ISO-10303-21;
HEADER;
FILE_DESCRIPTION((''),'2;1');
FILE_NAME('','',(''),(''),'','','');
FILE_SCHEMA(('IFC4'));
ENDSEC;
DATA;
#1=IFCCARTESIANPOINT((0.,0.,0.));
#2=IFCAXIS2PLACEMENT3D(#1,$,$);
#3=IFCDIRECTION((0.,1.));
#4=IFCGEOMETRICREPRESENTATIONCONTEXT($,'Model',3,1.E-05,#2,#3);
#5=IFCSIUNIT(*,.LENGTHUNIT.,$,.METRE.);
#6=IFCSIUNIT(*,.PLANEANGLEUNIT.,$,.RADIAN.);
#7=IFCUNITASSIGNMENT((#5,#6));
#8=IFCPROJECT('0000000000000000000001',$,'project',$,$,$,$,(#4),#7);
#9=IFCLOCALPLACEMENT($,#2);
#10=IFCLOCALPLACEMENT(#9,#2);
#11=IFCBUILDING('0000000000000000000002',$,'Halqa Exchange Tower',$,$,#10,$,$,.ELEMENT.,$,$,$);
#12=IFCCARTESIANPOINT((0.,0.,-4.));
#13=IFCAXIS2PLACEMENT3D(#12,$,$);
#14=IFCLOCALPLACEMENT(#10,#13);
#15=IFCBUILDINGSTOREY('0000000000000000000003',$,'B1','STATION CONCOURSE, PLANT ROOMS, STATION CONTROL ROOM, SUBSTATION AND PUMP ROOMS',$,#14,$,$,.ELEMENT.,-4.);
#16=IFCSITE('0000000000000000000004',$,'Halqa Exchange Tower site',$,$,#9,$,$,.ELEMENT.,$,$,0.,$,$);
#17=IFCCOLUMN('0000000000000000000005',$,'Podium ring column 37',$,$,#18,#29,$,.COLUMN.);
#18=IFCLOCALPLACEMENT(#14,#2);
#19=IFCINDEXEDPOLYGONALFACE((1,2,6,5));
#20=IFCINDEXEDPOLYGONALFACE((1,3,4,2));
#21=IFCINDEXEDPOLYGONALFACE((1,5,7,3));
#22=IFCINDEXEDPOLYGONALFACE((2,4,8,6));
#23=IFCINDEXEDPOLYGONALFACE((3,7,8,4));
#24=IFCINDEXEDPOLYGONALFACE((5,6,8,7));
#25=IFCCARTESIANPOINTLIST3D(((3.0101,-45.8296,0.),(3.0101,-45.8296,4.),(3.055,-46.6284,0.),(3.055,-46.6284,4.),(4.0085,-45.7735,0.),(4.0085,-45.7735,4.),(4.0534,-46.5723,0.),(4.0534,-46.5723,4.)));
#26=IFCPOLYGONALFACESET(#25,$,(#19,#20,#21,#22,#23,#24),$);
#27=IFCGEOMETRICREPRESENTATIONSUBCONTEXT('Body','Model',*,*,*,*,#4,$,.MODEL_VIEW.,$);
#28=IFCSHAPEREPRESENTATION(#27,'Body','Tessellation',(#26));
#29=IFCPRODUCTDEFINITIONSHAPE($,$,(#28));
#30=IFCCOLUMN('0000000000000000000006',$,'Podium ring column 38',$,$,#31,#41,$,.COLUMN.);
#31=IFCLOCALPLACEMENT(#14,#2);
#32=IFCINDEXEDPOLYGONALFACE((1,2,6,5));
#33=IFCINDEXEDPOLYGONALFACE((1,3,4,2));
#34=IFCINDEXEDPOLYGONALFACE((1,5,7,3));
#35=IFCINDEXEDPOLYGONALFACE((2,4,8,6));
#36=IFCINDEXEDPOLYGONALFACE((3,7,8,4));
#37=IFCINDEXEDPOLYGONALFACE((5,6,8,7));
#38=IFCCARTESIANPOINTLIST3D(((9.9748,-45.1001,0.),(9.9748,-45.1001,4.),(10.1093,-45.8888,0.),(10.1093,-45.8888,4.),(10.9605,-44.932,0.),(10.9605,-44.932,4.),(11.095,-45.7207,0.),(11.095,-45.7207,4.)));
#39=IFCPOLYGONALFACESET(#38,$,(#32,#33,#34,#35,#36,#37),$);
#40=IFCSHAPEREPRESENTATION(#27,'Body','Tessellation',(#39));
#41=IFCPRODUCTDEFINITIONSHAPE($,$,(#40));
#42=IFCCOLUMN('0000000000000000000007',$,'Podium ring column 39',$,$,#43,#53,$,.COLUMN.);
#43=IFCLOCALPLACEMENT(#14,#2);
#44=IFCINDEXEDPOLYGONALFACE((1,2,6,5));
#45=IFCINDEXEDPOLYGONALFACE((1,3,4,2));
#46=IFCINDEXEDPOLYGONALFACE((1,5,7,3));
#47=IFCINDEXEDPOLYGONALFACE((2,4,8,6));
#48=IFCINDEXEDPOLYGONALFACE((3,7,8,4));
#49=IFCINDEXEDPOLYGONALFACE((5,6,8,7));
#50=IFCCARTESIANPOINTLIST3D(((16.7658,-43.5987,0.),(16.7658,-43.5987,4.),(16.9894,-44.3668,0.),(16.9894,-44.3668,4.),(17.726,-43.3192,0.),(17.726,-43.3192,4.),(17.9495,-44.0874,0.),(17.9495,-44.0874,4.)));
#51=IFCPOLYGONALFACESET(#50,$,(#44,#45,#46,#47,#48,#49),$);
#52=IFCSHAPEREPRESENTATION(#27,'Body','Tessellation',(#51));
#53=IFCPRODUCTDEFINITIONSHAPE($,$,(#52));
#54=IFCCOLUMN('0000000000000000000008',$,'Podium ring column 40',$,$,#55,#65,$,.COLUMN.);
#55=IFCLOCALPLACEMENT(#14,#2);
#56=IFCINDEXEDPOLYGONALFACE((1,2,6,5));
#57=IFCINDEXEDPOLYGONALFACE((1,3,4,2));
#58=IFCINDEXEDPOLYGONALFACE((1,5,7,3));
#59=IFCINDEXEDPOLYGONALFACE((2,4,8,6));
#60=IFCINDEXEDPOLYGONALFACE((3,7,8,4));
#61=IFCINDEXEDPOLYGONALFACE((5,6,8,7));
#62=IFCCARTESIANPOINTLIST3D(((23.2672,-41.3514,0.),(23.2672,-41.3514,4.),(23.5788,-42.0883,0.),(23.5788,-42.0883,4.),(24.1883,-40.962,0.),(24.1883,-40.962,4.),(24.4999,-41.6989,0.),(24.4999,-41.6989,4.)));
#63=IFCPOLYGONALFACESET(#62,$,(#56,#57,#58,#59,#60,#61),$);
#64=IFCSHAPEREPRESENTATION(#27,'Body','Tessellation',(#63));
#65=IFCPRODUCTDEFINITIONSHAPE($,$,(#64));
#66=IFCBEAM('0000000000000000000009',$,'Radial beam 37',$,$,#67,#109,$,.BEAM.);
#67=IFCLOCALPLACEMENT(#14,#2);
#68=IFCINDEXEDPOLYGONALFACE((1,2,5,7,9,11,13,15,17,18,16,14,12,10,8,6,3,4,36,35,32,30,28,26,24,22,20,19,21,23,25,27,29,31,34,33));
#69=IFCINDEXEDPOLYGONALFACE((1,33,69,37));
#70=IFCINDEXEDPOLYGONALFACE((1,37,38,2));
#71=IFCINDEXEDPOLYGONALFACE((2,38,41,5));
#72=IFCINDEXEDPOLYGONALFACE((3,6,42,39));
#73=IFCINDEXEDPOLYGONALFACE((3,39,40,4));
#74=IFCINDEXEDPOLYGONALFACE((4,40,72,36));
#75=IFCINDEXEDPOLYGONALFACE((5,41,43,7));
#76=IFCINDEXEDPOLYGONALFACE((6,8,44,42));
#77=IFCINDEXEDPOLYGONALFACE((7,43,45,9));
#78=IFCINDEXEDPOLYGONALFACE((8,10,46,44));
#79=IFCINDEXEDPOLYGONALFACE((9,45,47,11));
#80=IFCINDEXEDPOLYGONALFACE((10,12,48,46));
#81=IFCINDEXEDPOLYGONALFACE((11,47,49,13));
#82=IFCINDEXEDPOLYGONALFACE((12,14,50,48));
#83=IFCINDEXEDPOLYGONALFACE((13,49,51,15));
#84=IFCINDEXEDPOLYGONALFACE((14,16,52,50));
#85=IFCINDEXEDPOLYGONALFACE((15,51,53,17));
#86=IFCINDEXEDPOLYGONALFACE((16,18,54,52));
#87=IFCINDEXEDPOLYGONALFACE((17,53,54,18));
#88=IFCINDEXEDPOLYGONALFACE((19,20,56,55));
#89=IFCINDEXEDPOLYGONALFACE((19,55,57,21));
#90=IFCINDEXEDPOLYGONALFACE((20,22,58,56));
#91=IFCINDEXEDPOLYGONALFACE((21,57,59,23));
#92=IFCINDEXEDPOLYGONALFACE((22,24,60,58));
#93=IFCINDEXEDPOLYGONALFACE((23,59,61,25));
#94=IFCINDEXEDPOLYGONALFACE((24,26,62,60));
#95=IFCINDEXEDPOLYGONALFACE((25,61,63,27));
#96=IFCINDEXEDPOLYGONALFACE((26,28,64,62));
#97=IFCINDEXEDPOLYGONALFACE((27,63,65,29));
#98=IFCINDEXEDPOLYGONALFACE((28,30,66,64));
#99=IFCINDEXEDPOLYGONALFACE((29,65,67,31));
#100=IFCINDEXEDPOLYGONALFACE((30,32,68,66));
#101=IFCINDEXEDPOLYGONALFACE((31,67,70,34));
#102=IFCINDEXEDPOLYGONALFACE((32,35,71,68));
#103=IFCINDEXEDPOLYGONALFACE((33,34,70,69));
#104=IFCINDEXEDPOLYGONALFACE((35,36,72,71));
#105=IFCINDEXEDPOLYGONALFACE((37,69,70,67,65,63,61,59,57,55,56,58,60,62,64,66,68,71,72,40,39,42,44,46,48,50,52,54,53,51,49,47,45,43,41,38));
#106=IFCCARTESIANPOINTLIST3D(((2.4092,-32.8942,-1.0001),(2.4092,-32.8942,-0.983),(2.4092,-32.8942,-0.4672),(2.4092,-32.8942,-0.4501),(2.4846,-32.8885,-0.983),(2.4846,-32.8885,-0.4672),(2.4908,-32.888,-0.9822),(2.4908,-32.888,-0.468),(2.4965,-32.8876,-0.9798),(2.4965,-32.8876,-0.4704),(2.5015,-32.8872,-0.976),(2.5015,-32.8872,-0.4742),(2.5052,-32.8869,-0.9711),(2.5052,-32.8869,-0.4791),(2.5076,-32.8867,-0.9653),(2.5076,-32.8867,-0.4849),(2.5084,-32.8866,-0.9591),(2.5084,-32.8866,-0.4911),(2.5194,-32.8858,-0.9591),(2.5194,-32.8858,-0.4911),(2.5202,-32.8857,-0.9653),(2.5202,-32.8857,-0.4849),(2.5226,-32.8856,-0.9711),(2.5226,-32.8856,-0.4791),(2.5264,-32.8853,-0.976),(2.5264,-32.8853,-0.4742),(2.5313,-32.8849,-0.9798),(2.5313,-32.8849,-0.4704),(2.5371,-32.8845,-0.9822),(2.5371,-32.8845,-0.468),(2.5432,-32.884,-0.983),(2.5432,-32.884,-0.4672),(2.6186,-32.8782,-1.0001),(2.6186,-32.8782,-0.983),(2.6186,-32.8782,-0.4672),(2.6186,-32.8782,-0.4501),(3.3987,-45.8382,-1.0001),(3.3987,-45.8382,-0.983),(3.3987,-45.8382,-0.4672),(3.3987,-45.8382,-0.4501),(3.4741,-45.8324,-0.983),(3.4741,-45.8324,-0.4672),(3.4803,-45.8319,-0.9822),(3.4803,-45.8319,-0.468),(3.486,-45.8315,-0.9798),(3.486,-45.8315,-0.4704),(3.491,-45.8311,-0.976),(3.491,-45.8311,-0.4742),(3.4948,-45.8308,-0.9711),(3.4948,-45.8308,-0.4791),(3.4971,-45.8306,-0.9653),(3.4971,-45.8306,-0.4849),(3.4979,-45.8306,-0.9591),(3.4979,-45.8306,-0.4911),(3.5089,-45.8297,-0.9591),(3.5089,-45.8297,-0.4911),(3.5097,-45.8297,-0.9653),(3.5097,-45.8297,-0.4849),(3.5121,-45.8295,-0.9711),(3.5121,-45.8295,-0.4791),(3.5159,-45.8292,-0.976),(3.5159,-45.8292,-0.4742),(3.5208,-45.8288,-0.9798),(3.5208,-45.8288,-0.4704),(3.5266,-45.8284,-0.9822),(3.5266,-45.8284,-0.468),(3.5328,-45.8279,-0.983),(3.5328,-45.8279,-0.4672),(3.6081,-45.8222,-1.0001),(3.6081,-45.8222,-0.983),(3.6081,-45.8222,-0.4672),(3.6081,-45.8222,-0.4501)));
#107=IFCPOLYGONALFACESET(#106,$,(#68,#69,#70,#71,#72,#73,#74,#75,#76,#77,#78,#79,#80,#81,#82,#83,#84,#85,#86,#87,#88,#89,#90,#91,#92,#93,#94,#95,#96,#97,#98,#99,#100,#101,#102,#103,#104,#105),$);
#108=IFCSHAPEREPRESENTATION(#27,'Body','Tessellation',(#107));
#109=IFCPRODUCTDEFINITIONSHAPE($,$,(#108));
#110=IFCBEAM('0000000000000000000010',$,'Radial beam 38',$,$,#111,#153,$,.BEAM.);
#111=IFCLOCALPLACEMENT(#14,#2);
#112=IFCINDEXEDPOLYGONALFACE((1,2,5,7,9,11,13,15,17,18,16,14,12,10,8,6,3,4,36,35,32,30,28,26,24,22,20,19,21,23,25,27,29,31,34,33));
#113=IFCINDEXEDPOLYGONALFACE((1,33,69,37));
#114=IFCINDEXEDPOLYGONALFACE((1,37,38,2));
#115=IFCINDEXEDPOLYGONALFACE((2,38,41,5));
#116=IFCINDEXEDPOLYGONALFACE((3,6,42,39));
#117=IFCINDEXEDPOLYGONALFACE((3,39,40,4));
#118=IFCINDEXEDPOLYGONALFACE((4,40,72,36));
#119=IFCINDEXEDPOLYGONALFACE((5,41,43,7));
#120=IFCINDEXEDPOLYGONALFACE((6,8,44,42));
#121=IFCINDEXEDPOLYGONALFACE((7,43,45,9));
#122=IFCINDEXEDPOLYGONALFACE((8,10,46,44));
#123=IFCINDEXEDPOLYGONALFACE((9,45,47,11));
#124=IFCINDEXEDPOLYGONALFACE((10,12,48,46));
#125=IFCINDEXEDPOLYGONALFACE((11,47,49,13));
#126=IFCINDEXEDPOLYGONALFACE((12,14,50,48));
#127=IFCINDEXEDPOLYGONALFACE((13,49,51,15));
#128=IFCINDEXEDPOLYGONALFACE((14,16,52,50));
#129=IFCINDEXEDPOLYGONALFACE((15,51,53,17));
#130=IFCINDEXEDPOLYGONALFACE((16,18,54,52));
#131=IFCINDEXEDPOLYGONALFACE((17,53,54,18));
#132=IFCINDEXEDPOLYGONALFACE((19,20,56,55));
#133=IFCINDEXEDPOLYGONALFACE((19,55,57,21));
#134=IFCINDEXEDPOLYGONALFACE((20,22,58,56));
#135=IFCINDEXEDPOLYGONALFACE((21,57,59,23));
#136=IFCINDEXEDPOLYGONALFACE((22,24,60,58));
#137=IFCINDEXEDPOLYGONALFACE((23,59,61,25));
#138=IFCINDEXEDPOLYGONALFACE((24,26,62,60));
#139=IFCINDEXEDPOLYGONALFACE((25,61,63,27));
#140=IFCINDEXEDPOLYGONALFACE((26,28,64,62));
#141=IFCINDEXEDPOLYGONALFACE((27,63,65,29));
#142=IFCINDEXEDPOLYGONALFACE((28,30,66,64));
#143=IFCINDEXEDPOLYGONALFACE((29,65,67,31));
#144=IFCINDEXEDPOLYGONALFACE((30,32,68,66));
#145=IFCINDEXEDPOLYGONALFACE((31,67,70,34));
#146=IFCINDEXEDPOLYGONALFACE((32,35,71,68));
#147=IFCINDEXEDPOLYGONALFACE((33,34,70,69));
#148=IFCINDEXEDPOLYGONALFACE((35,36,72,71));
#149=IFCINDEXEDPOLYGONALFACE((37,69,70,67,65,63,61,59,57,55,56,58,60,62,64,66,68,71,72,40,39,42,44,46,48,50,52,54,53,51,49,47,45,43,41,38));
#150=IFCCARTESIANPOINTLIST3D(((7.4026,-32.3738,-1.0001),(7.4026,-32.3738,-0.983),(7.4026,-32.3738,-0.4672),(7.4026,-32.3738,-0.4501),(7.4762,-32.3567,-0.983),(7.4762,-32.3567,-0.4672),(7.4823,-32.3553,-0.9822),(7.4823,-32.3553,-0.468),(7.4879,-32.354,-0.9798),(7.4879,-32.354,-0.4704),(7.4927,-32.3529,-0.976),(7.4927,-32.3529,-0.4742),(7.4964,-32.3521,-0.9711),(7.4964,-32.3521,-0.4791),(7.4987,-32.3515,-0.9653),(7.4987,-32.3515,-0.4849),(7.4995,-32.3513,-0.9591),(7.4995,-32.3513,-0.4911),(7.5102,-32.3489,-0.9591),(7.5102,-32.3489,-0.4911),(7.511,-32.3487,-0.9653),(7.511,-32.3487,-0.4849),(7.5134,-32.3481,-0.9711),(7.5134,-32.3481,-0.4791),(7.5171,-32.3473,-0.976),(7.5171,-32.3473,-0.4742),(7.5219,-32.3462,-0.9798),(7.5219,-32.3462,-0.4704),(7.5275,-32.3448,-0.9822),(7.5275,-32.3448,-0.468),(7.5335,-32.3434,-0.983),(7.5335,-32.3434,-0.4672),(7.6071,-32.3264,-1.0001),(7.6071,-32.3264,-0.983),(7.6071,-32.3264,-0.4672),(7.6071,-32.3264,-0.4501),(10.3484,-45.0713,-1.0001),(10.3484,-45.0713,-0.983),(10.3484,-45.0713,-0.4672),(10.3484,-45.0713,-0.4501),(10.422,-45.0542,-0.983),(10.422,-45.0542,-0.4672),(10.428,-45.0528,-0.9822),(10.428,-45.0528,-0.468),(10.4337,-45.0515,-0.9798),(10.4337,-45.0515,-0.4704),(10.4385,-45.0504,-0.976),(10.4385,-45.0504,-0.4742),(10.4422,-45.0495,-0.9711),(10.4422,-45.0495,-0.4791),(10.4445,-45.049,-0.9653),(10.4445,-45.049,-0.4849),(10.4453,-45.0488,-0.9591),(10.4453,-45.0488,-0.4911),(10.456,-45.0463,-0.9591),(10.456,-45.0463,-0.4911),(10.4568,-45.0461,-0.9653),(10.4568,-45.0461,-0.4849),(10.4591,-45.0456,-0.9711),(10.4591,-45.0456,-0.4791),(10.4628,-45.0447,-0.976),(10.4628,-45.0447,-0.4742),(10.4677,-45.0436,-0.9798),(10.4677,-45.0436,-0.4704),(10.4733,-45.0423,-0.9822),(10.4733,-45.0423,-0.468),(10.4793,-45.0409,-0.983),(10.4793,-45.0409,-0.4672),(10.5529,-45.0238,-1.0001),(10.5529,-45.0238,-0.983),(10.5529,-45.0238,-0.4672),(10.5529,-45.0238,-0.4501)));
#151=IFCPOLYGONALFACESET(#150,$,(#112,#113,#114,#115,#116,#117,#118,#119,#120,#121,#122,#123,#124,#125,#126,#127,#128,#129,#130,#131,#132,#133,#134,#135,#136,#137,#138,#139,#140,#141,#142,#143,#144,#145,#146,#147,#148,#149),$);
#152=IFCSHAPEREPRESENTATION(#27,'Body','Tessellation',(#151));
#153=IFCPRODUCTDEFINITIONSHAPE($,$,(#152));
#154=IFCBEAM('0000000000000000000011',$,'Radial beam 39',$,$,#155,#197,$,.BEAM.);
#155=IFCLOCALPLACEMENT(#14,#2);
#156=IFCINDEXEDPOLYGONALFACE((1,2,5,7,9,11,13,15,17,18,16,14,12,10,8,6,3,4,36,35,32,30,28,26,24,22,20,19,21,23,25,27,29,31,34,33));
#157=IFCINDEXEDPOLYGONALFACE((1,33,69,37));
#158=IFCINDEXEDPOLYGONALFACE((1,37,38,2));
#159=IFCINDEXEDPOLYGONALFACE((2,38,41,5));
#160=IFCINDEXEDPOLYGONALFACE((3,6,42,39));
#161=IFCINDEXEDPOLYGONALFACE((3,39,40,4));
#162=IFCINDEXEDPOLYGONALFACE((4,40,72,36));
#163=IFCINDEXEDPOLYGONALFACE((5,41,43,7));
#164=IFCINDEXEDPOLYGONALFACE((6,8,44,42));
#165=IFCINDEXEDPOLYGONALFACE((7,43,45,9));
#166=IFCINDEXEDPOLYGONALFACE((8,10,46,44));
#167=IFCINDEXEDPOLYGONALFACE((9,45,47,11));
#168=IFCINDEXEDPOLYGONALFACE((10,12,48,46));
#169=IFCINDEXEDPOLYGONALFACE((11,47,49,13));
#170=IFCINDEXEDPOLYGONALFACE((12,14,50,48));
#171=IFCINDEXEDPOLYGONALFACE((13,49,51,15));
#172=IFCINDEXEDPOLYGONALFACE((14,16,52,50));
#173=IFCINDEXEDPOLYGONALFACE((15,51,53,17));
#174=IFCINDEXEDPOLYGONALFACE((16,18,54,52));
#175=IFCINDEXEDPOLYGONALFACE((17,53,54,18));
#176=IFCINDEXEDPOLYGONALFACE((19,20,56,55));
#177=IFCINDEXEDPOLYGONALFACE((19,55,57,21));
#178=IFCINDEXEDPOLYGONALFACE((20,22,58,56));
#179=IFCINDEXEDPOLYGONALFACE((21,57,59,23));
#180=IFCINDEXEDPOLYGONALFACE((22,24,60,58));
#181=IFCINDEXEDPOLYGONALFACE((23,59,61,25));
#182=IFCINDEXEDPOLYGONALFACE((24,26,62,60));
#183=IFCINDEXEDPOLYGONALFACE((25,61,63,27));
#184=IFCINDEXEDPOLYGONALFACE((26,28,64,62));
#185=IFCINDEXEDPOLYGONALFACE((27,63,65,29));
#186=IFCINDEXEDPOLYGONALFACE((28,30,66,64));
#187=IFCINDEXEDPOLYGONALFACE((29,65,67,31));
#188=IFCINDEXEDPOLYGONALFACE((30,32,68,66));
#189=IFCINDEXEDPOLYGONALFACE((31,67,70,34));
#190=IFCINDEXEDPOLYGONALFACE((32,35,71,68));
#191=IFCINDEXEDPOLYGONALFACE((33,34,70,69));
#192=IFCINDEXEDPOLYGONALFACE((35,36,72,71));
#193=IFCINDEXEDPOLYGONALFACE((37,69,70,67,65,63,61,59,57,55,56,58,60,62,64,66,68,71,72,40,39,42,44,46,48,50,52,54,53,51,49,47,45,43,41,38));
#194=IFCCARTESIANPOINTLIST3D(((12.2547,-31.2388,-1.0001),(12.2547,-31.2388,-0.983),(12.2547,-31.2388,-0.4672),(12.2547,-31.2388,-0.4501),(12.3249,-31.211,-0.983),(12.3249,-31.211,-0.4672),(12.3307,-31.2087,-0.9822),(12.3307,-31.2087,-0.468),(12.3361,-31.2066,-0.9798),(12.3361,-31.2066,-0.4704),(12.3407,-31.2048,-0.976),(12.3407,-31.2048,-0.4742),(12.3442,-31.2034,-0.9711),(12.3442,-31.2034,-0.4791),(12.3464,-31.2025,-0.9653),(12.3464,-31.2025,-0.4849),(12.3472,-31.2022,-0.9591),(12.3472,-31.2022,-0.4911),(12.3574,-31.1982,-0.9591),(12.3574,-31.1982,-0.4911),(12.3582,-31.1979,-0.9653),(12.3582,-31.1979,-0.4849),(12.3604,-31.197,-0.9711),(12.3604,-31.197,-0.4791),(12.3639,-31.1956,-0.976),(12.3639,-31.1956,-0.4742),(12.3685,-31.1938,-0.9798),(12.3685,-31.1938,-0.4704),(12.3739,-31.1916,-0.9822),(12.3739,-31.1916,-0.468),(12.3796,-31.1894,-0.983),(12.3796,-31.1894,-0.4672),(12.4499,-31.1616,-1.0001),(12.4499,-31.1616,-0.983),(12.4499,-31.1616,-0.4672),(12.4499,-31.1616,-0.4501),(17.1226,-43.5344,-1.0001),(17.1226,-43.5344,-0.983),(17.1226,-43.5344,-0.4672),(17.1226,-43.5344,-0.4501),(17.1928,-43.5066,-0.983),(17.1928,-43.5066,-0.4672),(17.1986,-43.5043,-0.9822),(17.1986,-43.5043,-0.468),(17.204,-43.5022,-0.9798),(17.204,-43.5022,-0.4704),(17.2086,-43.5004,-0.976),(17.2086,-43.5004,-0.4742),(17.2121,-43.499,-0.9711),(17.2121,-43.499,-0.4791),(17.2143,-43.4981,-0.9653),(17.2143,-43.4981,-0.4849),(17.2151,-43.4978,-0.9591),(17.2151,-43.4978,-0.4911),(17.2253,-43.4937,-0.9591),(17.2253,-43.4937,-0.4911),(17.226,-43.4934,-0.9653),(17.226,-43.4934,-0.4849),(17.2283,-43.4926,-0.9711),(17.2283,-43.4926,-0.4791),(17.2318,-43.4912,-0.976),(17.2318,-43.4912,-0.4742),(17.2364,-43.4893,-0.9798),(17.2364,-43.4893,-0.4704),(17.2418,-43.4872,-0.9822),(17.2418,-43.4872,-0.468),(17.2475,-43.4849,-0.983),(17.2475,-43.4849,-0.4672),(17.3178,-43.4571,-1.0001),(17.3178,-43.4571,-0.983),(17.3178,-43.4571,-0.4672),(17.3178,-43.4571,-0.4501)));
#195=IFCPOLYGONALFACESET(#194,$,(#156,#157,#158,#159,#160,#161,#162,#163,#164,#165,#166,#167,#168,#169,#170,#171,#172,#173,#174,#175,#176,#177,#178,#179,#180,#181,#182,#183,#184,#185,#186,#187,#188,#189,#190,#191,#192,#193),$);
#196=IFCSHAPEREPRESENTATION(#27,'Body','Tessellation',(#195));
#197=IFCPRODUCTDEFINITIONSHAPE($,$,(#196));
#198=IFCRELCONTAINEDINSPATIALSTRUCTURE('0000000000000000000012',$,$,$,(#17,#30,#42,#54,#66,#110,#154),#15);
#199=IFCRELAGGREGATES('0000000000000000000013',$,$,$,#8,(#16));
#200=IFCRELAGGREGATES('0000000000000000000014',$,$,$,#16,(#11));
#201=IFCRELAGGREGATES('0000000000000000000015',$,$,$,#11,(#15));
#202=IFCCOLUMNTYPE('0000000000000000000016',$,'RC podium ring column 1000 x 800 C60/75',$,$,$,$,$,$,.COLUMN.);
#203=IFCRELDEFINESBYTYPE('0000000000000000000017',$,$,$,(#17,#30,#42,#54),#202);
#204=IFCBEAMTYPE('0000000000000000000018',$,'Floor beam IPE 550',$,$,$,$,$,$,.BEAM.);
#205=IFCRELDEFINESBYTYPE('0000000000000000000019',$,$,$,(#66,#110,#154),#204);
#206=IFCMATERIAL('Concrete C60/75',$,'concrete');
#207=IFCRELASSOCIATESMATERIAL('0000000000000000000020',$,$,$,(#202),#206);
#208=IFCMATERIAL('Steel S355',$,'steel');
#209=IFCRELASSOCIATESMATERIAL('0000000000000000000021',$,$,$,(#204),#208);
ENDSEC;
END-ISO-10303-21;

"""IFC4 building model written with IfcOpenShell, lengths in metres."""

from ifc_helpers import new_model, si_unit, direction, frame, origin, origin_2d, place, context, subcontext, project, spatial, rectangle, i_section, extrude, material, material_profile, profile_set, type_object, element, save


model = new_model("IFC4")

# Units and contexts
model_context = context("Model", 3, precision=1e-05, world=origin(), true_north=direction((0.0, 1.0)))
body_context = subcontext(model_context, "Body", "Model", "MODEL_VIEW")
ifc_project = project(units=[si_unit("LENGTHUNIT", "METRE"), si_unit("PLANEANGLEUNIT", "RADIAN")], contexts=[model_context])

# Site, building, storey
site_placement = place(None, origin())
site = spatial("IfcSite", under=ifc_project, at=site_placement, Name="Halqa Exchange Tower site", CompositionType="ELEMENT", RefElevation=0.0)
building_placement = place(site_placement, origin())
building = spatial("IfcBuilding", under=site, at=building_placement, Name="Halqa Exchange Tower", CompositionType="ELEMENT")
storey_placement = place(building_placement, frame((0.0, 0.0, -4.0)))
storey = spatial("IfcBuildingStorey", under=building, at=storey_placement, Name="B1", Description="STATION CONCOURSE, PLANT ROOMS, STATION CONTROL ROOM, SUBSTATION AND PUMP ROOMS", CompositionType="ELEMENT", Elevation=-4.0)

# Columns
ifc_material_1 = material(Name="Concrete C60/75", Category="concrete")
ifc_material_profile_1 = material_profile(ifc_material_1, rectangle(XDim=1.0, YDim=0.8, at=origin_2d()), Name="1000 x 800")
ifc_profile_set_1 = profile_set([ifc_material_profile_1], Name="Concrete C60/75")
column_type = type_object("IfcColumnType", Name="RC podium ring column 1000 x 800 C60/75", PredefinedType="COLUMN", material=ifc_profile_set_1)
for number, where, z_axis, x_axis, name in (
    (1, (3.5317, -46.2009, 0.0), (0.0, 0.0, 1.0), (0.998425, 0.056107, 0.0), "Podium ring column 37"),
    (2, (10.5349, -45.4104, 0.0), (0.0, 0.0, 1.0), (0.985766, 0.168121, 0.0), "Podium ring column 38"),
    (3, (17.3577, -43.843, 0.0), (0.0, 0.0, 1.0), (0.960158, 0.279459, 0.0), "Podium ring column 39"),
    (4, (23.8835, -41.5251, 0.0), (0.0, 0.0, 1.0), (0.921048, 0.389449, 0.0), "Podium ring column 40"),
):
    element("IfcColumn", number, at=place(storey_placement, frame(where, z_axis=z_axis, x_axis=x_axis)), inside=storey, type_object=column_type, Name=name, PredefinedType="COLUMN", context=body_context, shape_type="SweptSolid", body=[
        extrude(rectangle(XDim=1.0, YDim=0.8, at=origin_2d()), origin(), (0.0, 0.0, 1.0), 4.0),
    ])

# Beams
ifc_material_2 = material(Name="Steel S355", Category="steel")
ifc_material_profile_2 = material_profile(ifc_material_2, i_section(OverallWidth=0.21, OverallDepth=0.55, WebThickness=0.011, FlangeThickness=0.0171, FilletRadius=0.0239, at=origin_2d()), Name="IPE 550")
ifc_profile_set_2 = profile_set([ifc_material_profile_2], Name="Steel S355")
beam_type_1 = type_object("IfcBeamType", Name="Floor beam IPE 550", PredefinedType="BEAM", material=ifc_profile_set_2)
beam_1_placement = place(storey_placement, frame((2.5139, -32.8862, -0.7251), z_axis=(0.076223, -0.997091, 0.0), x_axis=(0.997091, 0.076223, 0.0)))
element("IfcBeam", 5, at=beam_1_placement, inside=storey, type_object=beam_type_1, Name="Radial beam 37", PredefinedType="BEAM", context=body_context, shape_type="SweptSolid", body=[
    extrude(i_section(OverallWidth=0.21, OverallDepth=0.55, WebThickness=0.011, FlangeThickness=0.0171, FilletRadius=0.0239, at=origin_2d()), origin(), (0.0, 0.0, 1.0), 12.9817),
])
beam_2_placement = place(storey_placement, frame((7.5049, -32.3501, -0.7251), z_axis=(0.225996, -0.974128, 0.0), x_axis=(0.974128, 0.225996, 0.0)))
element("IfcBeam", 6, at=beam_2_placement, inside=storey, type_object=beam_type_1, Name="Radial beam 38", PredefinedType="BEAM", context=body_context, shape_type="SweptSolid", body=[
    extrude(i_section(OverallWidth=0.21, OverallDepth=0.55, WebThickness=0.011, FlangeThickness=0.0171, FilletRadius=0.0239, at=origin_2d()), origin(), (0.0, 0.0, 1.0), 13.0347),
])
beam_3_placement = place(storey_placement, frame((12.3523, -31.2002, -0.7251), z_axis=(0.368107, -0.929784, 0.0), x_axis=(0.929784, 0.368107, 0.0)))
element("IfcBeam", 7, at=beam_3_placement, inside=storey, type_object=beam_type_1, Name="Radial beam 39", PredefinedType="BEAM", context=body_context, shape_type="SweptSolid", body=[
    extrude(i_section(OverallWidth=0.21, OverallDepth=0.55, WebThickness=0.011, FlangeThickness=0.0171, FilletRadius=0.0239, at=origin_2d()), origin(), (0.0, 0.0, 1.0), 13.2241),
])

save(model, "model.ifc")
